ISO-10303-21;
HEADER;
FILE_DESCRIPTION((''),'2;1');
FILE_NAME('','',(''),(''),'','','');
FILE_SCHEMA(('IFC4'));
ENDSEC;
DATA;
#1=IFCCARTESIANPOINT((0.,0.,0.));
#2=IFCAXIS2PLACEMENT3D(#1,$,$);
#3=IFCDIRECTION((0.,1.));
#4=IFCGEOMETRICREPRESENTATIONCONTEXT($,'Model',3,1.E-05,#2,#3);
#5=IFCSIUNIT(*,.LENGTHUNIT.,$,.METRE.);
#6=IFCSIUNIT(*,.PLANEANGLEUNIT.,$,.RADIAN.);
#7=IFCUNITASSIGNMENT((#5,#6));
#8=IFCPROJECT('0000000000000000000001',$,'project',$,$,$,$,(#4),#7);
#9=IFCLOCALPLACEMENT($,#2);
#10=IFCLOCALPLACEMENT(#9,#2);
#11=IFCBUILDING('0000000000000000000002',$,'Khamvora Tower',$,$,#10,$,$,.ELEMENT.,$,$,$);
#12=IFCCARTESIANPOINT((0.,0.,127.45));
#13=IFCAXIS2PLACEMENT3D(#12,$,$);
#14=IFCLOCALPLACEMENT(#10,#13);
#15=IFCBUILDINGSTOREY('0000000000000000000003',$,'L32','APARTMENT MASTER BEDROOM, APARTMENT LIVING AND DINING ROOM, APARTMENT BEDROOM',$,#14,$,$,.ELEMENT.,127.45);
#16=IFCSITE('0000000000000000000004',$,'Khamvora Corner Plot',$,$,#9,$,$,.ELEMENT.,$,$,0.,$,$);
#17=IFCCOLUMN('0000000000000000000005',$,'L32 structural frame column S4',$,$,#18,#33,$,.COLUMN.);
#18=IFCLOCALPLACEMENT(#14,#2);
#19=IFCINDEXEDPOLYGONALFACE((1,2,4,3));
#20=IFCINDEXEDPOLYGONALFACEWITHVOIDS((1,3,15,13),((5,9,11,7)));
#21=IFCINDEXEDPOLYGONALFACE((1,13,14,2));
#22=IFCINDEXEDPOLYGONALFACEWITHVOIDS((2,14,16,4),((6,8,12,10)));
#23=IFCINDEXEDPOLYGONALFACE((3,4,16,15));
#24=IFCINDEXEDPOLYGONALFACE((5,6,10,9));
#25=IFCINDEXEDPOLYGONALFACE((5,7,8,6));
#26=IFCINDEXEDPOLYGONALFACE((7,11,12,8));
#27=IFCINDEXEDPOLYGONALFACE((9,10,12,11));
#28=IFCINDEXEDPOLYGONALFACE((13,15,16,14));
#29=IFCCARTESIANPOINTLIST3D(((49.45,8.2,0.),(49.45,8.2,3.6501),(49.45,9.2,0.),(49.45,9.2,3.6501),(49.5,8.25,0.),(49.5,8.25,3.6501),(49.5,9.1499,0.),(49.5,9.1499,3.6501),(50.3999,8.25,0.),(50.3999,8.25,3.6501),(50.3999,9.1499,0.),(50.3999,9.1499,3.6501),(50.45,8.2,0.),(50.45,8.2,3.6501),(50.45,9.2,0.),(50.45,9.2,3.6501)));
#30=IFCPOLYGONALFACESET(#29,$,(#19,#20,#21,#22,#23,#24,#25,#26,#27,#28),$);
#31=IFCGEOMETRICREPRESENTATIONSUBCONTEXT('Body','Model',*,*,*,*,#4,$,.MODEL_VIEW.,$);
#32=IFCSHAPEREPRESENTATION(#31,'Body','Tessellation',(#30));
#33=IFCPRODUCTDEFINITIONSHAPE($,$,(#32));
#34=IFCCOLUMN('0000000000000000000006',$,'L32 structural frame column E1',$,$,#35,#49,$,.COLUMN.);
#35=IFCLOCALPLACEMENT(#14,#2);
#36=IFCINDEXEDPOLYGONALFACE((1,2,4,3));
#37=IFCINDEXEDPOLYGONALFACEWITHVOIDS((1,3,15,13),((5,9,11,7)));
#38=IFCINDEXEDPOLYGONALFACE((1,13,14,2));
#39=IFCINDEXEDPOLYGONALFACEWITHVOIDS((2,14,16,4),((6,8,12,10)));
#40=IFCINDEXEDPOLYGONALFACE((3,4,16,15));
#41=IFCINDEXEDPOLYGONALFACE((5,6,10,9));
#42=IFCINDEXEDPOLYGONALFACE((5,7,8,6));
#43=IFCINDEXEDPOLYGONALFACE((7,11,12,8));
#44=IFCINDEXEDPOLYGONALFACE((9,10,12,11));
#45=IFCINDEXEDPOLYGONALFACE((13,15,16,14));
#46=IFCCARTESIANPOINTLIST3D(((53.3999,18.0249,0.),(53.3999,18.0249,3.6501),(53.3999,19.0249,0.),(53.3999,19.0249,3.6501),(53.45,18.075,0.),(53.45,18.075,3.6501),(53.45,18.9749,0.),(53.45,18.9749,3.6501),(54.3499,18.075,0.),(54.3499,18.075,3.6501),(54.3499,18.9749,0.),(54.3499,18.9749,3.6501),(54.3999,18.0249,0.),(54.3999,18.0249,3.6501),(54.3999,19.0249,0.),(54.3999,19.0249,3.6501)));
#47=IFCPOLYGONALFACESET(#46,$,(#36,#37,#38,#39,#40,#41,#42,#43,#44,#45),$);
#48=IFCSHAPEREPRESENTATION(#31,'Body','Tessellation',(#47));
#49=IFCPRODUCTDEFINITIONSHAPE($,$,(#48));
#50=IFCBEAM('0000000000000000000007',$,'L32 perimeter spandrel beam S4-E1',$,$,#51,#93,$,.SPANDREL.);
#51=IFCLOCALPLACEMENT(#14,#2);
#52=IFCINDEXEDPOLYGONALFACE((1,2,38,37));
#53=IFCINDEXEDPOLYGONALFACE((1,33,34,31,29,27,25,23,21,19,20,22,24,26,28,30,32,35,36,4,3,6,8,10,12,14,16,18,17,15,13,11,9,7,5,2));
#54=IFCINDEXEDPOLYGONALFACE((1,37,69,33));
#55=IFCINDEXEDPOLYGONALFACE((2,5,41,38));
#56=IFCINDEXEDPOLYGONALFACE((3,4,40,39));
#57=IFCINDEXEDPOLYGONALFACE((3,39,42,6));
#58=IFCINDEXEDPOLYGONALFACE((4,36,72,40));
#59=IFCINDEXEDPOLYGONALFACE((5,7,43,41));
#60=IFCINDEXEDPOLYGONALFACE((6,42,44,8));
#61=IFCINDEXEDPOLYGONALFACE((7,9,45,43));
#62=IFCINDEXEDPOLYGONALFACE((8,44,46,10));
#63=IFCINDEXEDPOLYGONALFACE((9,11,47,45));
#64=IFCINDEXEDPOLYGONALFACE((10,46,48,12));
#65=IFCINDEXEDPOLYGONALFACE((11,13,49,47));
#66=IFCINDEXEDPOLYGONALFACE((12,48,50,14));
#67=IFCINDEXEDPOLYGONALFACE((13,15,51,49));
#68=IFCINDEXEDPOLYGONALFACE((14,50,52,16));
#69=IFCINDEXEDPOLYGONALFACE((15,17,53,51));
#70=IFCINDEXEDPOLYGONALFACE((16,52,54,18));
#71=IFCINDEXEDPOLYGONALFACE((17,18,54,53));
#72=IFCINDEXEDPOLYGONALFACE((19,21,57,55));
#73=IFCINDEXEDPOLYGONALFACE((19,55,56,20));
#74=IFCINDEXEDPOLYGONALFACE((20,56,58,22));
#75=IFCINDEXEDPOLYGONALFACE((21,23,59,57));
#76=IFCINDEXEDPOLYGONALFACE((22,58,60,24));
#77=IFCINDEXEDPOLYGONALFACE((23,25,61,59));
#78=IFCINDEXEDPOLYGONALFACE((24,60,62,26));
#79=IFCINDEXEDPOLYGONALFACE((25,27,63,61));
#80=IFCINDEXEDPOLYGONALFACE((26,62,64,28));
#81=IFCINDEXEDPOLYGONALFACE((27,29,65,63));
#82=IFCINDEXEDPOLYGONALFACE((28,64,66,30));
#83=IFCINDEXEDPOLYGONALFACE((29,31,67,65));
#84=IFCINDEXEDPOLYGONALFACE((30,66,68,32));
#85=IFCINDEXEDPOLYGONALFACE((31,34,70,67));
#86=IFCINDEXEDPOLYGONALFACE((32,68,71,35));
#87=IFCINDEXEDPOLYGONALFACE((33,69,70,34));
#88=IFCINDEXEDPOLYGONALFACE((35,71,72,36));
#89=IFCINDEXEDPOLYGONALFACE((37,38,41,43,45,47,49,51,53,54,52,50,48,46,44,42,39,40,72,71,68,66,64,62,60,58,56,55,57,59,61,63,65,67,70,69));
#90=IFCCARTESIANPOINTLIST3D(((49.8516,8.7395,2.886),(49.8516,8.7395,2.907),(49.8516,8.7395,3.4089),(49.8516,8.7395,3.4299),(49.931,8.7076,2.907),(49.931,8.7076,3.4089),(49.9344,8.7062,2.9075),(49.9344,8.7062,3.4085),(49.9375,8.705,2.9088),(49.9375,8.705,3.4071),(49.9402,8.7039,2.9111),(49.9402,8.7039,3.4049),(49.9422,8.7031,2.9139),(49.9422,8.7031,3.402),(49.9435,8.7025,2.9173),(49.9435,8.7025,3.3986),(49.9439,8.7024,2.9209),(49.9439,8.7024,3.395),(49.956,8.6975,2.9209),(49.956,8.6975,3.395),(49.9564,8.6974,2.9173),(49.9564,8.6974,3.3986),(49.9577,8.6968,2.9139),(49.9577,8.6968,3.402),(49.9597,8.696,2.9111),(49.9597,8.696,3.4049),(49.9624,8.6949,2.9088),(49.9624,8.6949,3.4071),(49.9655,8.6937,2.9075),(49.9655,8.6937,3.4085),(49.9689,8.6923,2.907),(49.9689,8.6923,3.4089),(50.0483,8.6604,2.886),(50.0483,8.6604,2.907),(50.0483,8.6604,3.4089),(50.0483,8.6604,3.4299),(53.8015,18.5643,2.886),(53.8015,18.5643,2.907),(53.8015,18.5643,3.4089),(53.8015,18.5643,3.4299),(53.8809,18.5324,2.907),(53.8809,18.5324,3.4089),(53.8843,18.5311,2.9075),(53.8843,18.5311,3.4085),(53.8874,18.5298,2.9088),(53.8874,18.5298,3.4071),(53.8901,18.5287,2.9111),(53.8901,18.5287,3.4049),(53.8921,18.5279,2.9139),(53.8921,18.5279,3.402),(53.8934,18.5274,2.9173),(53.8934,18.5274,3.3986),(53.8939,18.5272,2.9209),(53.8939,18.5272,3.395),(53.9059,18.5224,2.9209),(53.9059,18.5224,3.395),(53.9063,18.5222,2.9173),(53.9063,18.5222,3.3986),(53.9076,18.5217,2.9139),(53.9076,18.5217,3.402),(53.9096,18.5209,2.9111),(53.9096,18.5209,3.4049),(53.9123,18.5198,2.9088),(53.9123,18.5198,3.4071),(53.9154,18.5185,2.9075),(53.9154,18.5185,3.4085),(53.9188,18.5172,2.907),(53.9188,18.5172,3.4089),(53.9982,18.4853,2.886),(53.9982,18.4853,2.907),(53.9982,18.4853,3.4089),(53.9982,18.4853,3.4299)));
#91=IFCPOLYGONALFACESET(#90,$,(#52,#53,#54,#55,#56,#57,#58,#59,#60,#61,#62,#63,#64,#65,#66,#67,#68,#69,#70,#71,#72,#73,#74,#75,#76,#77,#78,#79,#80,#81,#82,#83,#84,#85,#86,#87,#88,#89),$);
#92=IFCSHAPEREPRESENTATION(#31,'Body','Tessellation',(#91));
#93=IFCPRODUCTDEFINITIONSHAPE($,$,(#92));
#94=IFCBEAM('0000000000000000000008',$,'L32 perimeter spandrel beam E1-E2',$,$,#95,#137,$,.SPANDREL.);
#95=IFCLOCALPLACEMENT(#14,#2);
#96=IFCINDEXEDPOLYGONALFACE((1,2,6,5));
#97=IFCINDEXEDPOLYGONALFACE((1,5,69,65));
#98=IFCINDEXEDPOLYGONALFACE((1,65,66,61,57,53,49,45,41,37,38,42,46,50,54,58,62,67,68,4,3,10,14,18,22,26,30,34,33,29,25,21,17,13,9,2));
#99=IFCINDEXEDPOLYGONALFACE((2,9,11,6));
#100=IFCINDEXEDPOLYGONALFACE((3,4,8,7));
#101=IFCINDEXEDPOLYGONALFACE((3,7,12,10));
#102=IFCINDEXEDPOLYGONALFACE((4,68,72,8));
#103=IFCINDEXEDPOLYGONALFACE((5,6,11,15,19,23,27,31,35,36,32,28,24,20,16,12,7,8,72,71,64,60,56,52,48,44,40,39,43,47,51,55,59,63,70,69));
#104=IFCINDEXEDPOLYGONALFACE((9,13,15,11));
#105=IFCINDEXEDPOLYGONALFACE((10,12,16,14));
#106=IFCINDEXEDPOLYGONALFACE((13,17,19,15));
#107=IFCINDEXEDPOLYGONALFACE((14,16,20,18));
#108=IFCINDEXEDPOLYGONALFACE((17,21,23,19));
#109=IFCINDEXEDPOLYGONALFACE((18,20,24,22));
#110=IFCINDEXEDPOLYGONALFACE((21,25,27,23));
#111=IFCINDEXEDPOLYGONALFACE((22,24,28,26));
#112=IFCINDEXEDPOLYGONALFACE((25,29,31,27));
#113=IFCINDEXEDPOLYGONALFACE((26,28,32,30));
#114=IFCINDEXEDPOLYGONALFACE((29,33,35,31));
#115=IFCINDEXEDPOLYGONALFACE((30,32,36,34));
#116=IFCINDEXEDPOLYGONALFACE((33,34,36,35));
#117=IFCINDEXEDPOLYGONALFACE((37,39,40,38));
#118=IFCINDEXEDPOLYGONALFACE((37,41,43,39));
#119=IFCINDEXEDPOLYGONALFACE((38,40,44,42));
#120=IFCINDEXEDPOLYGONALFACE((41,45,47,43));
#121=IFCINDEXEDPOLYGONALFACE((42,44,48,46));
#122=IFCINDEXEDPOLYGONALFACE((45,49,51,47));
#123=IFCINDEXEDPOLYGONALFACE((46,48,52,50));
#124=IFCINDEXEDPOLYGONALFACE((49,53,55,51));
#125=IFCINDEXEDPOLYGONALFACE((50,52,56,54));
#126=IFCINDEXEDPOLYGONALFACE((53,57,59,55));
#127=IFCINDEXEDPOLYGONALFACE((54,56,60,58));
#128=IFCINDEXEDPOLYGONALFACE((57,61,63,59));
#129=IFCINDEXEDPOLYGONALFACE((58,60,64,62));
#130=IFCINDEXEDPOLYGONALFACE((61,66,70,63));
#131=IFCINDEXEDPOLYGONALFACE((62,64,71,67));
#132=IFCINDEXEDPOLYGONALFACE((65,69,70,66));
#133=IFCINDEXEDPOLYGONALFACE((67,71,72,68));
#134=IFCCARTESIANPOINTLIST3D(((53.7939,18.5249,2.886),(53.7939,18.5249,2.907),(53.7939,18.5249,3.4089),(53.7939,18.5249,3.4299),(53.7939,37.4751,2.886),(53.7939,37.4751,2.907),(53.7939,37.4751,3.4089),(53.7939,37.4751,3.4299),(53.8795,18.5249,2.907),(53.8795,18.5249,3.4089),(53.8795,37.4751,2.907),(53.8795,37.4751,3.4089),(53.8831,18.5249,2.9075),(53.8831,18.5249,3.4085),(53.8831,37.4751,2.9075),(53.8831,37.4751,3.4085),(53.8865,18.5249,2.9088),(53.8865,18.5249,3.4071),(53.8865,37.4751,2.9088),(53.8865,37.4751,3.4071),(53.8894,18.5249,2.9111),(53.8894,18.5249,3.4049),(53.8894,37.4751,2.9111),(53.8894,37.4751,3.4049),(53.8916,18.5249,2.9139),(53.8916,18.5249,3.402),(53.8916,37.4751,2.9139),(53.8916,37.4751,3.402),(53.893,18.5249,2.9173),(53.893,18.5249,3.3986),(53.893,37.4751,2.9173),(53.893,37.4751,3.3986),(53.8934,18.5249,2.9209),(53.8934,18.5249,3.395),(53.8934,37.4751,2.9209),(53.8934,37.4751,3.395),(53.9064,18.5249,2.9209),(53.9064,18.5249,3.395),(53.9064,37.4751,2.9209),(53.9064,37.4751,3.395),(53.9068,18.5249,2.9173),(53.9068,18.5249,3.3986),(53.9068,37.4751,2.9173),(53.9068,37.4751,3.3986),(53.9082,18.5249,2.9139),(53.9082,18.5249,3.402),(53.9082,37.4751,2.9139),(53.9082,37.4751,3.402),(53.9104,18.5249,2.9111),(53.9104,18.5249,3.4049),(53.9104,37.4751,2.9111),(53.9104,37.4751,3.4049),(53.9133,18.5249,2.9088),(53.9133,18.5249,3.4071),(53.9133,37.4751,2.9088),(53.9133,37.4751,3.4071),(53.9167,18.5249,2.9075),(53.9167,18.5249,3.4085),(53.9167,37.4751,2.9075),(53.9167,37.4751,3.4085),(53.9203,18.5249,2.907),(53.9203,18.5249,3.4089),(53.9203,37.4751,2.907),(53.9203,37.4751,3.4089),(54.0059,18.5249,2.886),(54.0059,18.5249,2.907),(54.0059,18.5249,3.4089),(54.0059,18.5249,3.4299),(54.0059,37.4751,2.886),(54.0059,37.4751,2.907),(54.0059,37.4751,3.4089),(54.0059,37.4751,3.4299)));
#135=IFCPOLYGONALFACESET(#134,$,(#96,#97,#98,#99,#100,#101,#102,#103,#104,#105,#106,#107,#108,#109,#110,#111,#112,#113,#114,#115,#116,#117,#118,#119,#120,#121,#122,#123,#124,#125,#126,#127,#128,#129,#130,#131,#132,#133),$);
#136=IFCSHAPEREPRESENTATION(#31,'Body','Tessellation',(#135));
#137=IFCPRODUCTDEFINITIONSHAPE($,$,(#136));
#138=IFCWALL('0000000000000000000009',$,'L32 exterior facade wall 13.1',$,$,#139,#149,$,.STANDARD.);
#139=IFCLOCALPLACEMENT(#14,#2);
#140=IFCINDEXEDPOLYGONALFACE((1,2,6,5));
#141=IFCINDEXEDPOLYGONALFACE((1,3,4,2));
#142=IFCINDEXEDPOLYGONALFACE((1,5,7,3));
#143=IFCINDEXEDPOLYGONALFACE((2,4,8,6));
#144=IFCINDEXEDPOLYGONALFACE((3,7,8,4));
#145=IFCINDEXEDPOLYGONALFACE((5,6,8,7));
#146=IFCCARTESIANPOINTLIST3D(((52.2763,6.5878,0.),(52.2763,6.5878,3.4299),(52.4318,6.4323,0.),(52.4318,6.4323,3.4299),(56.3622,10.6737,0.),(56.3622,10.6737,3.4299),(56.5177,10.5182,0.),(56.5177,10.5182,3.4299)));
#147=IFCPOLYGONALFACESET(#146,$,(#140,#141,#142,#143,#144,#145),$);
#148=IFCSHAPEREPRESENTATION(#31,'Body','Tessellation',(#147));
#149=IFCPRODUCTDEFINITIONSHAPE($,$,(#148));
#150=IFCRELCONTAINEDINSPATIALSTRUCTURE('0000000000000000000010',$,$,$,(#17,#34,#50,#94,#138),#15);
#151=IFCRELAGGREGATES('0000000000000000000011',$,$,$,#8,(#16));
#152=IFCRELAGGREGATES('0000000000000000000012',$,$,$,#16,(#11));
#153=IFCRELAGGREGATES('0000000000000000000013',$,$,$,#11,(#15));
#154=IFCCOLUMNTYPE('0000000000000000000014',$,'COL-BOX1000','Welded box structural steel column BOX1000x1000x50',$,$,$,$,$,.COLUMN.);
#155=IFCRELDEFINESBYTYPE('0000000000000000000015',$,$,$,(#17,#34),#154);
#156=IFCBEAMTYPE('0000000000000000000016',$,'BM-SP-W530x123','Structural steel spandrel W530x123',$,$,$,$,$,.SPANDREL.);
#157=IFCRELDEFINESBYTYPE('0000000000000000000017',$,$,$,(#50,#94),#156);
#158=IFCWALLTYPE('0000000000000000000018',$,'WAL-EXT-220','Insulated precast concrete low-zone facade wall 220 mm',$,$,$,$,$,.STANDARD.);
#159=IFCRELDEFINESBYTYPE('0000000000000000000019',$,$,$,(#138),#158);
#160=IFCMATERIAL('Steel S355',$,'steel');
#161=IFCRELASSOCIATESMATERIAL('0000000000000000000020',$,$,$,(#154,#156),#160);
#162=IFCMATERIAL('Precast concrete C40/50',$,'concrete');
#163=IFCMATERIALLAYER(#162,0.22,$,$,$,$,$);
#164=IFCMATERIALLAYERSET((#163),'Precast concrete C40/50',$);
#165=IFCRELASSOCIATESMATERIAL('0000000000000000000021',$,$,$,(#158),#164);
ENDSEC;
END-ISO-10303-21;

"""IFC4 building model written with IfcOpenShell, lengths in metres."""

from ifc_helpers import new_model, si_unit, direction, frame, frame_2d, origin, origin_2d, place, context, subcontext, project, spatial, rectangle, hollow_rectangle, i_section, extrude, material, layer, layer_set, material_profile, profile_set, type_object, element, save


model = new_model("IFC4")

# Units and contexts
model_context = context("Model", 3, precision=1e-05, world=origin(), true_north=direction((0.0, 1.0)))
body_context = subcontext(model_context, "Body", "Model", "MODEL_VIEW")
ifc_project = project(units=[si_unit("LENGTHUNIT", "METRE"), si_unit("PLANEANGLEUNIT", "RADIAN")], contexts=[model_context])

# Site, building, storey
site_placement = place(None, origin())
site = spatial("IfcSite", under=ifc_project, at=site_placement, Name="Khamvora Corner Plot", CompositionType="ELEMENT", RefElevation=0.0)
building_placement = place(site_placement, origin())
building = spatial("IfcBuilding", under=site, at=building_placement, Name="Khamvora Tower", CompositionType="ELEMENT")
storey_placement = place(building_placement, frame((0.0, 0.0, 127.45)))
storey = spatial("IfcBuildingStorey", under=building, at=storey_placement, Name="L32", Description="APARTMENT MASTER BEDROOM, APARTMENT LIVING AND DINING ROOM, APARTMENT BEDROOM", CompositionType="ELEMENT", Elevation=127.45)

# Columns
ifc_material_1 = material(Name="Steel S355", Category="steel")
ifc_material_profile_1 = material_profile(ifc_material_1, hollow_rectangle(XDim=1.0, YDim=1.0, WallThickness=0.05, at=origin_2d()), Name="BOX1000x1000x50")
ifc_profile_set_1 = profile_set([ifc_material_profile_1], Name="Steel S355")
column_type = type_object("IfcColumnType", Name="COL-BOX1000", Description="Welded box structural steel column BOX1000x1000x50", PredefinedType="COLUMN", material=ifc_profile_set_1)
for number, where, z_axis, x_axis, name in (
    (1, (49.95, 8.7, 0.0), (0.0, 0.0, 1.0), (1.0, 0.0, 0.0), "L32 structural frame column S4"),
    (2, (53.8999, 18.5249, 0.0), (0.0, 0.0, 1.0), (1.0, 0.0, 0.0), "L32 structural frame column E1"),
):
    element("IfcColumn", number, at=place(storey_placement, frame(where, z_axis=z_axis, x_axis=x_axis)), inside=storey, type_object=column_type, Name=name, PredefinedType="COLUMN", context=body_context, shape_type="SweptSolid", body=[
        extrude(hollow_rectangle(XDim=1.0, YDim=1.0, WallThickness=0.05, at=origin_2d()), origin(), (0.0, 0.0, 1.0), 3.6501),
    ])

# Beams
ifc_material_profile_2 = material_profile(ifc_material_1, i_section(OverallWidth=0.2119, OverallDepth=0.5439, WebThickness=0.0129, FlangeThickness=0.021, FilletRadius=0.0139, at=origin_2d()), Name="W530x123")
ifc_profile_set_2 = profile_set([ifc_material_profile_2], Name="Steel S355")
beam_type = type_object("IfcBeamType", Name="BM-SP-W530x123", Description="Structural steel spandrel W530x123", PredefinedType="SPANDREL", material=ifc_profile_set_2)
beam_1_placement = place(storey_placement, frame((49.95, 8.7, 3.158), z_axis=(0.373016, 0.927825, 0.0), x_axis=(-0.927825, 0.373016, 0.0)))
element("IfcBeam", 3, at=beam_1_placement, inside=storey, type_object=beam_type, Name="L32 perimeter spandrel beam S4-E1", PredefinedType="SPANDREL", context=body_context, shape_type="SweptSolid", body=[
    extrude(i_section(OverallWidth=0.2119, OverallDepth=0.5439, WebThickness=0.0129, FlangeThickness=0.021, FilletRadius=0.0139, at=origin_2d()), origin(), (0.0, 0.0, 1.0), 10.5891),
])
beam_2_placement = place(storey_placement, frame((53.8999, 18.5249, 3.158), z_axis=(0.0, 1.0, 0.0), x_axis=(-1.0, 0.0, 0.0)))
element("IfcBeam", 4, at=beam_2_placement, inside=storey, type_object=beam_type, Name="L32 perimeter spandrel beam E1-E2", PredefinedType="SPANDREL", context=body_context, shape_type="SweptSolid", body=[
    extrude(i_section(OverallWidth=0.2119, OverallDepth=0.5439, WebThickness=0.0129, FlangeThickness=0.021, FilletRadius=0.0139, at=origin_2d()), origin(), (0.0, 0.0, 1.0), 18.9502),
])

# Wall
ifc_material_2 = material(Name="Precast concrete C40/50", Category="concrete")
ifc_layer_1 = layer(ifc_material_2, 0.22)
ifc_layer_set_1 = layer_set([ifc_layer_1], Name="Precast concrete C40/50")
wall_type_1 = type_object("IfcWallType", Name="WAL-EXT-220", Description="Insulated precast concrete low-zone facade wall 220 mm", PredefinedType="STANDARD", material=ifc_layer_set_1)
wall_1_placement = place(storey_placement, frame((56.4399, 10.5959, 0.0), z_axis=(0.0, 0.0, 1.0), x_axis=(-0.707107, -0.707107, 0.0)))
element("IfcWall", 5, at=wall_1_placement, inside=storey, type_object=wall_type_1, Name="L32 exterior facade wall 13.1", PredefinedType="STANDARD", context=body_context, shape_type="SweptSolid", body=[
    extrude(rectangle(XDim=5.7783, YDim=0.22, at=frame_2d((2.8892, 0.0))), origin(), (0.0, 0.0, 1.0), 3.4299),
])

save(model, "model.ifc")
